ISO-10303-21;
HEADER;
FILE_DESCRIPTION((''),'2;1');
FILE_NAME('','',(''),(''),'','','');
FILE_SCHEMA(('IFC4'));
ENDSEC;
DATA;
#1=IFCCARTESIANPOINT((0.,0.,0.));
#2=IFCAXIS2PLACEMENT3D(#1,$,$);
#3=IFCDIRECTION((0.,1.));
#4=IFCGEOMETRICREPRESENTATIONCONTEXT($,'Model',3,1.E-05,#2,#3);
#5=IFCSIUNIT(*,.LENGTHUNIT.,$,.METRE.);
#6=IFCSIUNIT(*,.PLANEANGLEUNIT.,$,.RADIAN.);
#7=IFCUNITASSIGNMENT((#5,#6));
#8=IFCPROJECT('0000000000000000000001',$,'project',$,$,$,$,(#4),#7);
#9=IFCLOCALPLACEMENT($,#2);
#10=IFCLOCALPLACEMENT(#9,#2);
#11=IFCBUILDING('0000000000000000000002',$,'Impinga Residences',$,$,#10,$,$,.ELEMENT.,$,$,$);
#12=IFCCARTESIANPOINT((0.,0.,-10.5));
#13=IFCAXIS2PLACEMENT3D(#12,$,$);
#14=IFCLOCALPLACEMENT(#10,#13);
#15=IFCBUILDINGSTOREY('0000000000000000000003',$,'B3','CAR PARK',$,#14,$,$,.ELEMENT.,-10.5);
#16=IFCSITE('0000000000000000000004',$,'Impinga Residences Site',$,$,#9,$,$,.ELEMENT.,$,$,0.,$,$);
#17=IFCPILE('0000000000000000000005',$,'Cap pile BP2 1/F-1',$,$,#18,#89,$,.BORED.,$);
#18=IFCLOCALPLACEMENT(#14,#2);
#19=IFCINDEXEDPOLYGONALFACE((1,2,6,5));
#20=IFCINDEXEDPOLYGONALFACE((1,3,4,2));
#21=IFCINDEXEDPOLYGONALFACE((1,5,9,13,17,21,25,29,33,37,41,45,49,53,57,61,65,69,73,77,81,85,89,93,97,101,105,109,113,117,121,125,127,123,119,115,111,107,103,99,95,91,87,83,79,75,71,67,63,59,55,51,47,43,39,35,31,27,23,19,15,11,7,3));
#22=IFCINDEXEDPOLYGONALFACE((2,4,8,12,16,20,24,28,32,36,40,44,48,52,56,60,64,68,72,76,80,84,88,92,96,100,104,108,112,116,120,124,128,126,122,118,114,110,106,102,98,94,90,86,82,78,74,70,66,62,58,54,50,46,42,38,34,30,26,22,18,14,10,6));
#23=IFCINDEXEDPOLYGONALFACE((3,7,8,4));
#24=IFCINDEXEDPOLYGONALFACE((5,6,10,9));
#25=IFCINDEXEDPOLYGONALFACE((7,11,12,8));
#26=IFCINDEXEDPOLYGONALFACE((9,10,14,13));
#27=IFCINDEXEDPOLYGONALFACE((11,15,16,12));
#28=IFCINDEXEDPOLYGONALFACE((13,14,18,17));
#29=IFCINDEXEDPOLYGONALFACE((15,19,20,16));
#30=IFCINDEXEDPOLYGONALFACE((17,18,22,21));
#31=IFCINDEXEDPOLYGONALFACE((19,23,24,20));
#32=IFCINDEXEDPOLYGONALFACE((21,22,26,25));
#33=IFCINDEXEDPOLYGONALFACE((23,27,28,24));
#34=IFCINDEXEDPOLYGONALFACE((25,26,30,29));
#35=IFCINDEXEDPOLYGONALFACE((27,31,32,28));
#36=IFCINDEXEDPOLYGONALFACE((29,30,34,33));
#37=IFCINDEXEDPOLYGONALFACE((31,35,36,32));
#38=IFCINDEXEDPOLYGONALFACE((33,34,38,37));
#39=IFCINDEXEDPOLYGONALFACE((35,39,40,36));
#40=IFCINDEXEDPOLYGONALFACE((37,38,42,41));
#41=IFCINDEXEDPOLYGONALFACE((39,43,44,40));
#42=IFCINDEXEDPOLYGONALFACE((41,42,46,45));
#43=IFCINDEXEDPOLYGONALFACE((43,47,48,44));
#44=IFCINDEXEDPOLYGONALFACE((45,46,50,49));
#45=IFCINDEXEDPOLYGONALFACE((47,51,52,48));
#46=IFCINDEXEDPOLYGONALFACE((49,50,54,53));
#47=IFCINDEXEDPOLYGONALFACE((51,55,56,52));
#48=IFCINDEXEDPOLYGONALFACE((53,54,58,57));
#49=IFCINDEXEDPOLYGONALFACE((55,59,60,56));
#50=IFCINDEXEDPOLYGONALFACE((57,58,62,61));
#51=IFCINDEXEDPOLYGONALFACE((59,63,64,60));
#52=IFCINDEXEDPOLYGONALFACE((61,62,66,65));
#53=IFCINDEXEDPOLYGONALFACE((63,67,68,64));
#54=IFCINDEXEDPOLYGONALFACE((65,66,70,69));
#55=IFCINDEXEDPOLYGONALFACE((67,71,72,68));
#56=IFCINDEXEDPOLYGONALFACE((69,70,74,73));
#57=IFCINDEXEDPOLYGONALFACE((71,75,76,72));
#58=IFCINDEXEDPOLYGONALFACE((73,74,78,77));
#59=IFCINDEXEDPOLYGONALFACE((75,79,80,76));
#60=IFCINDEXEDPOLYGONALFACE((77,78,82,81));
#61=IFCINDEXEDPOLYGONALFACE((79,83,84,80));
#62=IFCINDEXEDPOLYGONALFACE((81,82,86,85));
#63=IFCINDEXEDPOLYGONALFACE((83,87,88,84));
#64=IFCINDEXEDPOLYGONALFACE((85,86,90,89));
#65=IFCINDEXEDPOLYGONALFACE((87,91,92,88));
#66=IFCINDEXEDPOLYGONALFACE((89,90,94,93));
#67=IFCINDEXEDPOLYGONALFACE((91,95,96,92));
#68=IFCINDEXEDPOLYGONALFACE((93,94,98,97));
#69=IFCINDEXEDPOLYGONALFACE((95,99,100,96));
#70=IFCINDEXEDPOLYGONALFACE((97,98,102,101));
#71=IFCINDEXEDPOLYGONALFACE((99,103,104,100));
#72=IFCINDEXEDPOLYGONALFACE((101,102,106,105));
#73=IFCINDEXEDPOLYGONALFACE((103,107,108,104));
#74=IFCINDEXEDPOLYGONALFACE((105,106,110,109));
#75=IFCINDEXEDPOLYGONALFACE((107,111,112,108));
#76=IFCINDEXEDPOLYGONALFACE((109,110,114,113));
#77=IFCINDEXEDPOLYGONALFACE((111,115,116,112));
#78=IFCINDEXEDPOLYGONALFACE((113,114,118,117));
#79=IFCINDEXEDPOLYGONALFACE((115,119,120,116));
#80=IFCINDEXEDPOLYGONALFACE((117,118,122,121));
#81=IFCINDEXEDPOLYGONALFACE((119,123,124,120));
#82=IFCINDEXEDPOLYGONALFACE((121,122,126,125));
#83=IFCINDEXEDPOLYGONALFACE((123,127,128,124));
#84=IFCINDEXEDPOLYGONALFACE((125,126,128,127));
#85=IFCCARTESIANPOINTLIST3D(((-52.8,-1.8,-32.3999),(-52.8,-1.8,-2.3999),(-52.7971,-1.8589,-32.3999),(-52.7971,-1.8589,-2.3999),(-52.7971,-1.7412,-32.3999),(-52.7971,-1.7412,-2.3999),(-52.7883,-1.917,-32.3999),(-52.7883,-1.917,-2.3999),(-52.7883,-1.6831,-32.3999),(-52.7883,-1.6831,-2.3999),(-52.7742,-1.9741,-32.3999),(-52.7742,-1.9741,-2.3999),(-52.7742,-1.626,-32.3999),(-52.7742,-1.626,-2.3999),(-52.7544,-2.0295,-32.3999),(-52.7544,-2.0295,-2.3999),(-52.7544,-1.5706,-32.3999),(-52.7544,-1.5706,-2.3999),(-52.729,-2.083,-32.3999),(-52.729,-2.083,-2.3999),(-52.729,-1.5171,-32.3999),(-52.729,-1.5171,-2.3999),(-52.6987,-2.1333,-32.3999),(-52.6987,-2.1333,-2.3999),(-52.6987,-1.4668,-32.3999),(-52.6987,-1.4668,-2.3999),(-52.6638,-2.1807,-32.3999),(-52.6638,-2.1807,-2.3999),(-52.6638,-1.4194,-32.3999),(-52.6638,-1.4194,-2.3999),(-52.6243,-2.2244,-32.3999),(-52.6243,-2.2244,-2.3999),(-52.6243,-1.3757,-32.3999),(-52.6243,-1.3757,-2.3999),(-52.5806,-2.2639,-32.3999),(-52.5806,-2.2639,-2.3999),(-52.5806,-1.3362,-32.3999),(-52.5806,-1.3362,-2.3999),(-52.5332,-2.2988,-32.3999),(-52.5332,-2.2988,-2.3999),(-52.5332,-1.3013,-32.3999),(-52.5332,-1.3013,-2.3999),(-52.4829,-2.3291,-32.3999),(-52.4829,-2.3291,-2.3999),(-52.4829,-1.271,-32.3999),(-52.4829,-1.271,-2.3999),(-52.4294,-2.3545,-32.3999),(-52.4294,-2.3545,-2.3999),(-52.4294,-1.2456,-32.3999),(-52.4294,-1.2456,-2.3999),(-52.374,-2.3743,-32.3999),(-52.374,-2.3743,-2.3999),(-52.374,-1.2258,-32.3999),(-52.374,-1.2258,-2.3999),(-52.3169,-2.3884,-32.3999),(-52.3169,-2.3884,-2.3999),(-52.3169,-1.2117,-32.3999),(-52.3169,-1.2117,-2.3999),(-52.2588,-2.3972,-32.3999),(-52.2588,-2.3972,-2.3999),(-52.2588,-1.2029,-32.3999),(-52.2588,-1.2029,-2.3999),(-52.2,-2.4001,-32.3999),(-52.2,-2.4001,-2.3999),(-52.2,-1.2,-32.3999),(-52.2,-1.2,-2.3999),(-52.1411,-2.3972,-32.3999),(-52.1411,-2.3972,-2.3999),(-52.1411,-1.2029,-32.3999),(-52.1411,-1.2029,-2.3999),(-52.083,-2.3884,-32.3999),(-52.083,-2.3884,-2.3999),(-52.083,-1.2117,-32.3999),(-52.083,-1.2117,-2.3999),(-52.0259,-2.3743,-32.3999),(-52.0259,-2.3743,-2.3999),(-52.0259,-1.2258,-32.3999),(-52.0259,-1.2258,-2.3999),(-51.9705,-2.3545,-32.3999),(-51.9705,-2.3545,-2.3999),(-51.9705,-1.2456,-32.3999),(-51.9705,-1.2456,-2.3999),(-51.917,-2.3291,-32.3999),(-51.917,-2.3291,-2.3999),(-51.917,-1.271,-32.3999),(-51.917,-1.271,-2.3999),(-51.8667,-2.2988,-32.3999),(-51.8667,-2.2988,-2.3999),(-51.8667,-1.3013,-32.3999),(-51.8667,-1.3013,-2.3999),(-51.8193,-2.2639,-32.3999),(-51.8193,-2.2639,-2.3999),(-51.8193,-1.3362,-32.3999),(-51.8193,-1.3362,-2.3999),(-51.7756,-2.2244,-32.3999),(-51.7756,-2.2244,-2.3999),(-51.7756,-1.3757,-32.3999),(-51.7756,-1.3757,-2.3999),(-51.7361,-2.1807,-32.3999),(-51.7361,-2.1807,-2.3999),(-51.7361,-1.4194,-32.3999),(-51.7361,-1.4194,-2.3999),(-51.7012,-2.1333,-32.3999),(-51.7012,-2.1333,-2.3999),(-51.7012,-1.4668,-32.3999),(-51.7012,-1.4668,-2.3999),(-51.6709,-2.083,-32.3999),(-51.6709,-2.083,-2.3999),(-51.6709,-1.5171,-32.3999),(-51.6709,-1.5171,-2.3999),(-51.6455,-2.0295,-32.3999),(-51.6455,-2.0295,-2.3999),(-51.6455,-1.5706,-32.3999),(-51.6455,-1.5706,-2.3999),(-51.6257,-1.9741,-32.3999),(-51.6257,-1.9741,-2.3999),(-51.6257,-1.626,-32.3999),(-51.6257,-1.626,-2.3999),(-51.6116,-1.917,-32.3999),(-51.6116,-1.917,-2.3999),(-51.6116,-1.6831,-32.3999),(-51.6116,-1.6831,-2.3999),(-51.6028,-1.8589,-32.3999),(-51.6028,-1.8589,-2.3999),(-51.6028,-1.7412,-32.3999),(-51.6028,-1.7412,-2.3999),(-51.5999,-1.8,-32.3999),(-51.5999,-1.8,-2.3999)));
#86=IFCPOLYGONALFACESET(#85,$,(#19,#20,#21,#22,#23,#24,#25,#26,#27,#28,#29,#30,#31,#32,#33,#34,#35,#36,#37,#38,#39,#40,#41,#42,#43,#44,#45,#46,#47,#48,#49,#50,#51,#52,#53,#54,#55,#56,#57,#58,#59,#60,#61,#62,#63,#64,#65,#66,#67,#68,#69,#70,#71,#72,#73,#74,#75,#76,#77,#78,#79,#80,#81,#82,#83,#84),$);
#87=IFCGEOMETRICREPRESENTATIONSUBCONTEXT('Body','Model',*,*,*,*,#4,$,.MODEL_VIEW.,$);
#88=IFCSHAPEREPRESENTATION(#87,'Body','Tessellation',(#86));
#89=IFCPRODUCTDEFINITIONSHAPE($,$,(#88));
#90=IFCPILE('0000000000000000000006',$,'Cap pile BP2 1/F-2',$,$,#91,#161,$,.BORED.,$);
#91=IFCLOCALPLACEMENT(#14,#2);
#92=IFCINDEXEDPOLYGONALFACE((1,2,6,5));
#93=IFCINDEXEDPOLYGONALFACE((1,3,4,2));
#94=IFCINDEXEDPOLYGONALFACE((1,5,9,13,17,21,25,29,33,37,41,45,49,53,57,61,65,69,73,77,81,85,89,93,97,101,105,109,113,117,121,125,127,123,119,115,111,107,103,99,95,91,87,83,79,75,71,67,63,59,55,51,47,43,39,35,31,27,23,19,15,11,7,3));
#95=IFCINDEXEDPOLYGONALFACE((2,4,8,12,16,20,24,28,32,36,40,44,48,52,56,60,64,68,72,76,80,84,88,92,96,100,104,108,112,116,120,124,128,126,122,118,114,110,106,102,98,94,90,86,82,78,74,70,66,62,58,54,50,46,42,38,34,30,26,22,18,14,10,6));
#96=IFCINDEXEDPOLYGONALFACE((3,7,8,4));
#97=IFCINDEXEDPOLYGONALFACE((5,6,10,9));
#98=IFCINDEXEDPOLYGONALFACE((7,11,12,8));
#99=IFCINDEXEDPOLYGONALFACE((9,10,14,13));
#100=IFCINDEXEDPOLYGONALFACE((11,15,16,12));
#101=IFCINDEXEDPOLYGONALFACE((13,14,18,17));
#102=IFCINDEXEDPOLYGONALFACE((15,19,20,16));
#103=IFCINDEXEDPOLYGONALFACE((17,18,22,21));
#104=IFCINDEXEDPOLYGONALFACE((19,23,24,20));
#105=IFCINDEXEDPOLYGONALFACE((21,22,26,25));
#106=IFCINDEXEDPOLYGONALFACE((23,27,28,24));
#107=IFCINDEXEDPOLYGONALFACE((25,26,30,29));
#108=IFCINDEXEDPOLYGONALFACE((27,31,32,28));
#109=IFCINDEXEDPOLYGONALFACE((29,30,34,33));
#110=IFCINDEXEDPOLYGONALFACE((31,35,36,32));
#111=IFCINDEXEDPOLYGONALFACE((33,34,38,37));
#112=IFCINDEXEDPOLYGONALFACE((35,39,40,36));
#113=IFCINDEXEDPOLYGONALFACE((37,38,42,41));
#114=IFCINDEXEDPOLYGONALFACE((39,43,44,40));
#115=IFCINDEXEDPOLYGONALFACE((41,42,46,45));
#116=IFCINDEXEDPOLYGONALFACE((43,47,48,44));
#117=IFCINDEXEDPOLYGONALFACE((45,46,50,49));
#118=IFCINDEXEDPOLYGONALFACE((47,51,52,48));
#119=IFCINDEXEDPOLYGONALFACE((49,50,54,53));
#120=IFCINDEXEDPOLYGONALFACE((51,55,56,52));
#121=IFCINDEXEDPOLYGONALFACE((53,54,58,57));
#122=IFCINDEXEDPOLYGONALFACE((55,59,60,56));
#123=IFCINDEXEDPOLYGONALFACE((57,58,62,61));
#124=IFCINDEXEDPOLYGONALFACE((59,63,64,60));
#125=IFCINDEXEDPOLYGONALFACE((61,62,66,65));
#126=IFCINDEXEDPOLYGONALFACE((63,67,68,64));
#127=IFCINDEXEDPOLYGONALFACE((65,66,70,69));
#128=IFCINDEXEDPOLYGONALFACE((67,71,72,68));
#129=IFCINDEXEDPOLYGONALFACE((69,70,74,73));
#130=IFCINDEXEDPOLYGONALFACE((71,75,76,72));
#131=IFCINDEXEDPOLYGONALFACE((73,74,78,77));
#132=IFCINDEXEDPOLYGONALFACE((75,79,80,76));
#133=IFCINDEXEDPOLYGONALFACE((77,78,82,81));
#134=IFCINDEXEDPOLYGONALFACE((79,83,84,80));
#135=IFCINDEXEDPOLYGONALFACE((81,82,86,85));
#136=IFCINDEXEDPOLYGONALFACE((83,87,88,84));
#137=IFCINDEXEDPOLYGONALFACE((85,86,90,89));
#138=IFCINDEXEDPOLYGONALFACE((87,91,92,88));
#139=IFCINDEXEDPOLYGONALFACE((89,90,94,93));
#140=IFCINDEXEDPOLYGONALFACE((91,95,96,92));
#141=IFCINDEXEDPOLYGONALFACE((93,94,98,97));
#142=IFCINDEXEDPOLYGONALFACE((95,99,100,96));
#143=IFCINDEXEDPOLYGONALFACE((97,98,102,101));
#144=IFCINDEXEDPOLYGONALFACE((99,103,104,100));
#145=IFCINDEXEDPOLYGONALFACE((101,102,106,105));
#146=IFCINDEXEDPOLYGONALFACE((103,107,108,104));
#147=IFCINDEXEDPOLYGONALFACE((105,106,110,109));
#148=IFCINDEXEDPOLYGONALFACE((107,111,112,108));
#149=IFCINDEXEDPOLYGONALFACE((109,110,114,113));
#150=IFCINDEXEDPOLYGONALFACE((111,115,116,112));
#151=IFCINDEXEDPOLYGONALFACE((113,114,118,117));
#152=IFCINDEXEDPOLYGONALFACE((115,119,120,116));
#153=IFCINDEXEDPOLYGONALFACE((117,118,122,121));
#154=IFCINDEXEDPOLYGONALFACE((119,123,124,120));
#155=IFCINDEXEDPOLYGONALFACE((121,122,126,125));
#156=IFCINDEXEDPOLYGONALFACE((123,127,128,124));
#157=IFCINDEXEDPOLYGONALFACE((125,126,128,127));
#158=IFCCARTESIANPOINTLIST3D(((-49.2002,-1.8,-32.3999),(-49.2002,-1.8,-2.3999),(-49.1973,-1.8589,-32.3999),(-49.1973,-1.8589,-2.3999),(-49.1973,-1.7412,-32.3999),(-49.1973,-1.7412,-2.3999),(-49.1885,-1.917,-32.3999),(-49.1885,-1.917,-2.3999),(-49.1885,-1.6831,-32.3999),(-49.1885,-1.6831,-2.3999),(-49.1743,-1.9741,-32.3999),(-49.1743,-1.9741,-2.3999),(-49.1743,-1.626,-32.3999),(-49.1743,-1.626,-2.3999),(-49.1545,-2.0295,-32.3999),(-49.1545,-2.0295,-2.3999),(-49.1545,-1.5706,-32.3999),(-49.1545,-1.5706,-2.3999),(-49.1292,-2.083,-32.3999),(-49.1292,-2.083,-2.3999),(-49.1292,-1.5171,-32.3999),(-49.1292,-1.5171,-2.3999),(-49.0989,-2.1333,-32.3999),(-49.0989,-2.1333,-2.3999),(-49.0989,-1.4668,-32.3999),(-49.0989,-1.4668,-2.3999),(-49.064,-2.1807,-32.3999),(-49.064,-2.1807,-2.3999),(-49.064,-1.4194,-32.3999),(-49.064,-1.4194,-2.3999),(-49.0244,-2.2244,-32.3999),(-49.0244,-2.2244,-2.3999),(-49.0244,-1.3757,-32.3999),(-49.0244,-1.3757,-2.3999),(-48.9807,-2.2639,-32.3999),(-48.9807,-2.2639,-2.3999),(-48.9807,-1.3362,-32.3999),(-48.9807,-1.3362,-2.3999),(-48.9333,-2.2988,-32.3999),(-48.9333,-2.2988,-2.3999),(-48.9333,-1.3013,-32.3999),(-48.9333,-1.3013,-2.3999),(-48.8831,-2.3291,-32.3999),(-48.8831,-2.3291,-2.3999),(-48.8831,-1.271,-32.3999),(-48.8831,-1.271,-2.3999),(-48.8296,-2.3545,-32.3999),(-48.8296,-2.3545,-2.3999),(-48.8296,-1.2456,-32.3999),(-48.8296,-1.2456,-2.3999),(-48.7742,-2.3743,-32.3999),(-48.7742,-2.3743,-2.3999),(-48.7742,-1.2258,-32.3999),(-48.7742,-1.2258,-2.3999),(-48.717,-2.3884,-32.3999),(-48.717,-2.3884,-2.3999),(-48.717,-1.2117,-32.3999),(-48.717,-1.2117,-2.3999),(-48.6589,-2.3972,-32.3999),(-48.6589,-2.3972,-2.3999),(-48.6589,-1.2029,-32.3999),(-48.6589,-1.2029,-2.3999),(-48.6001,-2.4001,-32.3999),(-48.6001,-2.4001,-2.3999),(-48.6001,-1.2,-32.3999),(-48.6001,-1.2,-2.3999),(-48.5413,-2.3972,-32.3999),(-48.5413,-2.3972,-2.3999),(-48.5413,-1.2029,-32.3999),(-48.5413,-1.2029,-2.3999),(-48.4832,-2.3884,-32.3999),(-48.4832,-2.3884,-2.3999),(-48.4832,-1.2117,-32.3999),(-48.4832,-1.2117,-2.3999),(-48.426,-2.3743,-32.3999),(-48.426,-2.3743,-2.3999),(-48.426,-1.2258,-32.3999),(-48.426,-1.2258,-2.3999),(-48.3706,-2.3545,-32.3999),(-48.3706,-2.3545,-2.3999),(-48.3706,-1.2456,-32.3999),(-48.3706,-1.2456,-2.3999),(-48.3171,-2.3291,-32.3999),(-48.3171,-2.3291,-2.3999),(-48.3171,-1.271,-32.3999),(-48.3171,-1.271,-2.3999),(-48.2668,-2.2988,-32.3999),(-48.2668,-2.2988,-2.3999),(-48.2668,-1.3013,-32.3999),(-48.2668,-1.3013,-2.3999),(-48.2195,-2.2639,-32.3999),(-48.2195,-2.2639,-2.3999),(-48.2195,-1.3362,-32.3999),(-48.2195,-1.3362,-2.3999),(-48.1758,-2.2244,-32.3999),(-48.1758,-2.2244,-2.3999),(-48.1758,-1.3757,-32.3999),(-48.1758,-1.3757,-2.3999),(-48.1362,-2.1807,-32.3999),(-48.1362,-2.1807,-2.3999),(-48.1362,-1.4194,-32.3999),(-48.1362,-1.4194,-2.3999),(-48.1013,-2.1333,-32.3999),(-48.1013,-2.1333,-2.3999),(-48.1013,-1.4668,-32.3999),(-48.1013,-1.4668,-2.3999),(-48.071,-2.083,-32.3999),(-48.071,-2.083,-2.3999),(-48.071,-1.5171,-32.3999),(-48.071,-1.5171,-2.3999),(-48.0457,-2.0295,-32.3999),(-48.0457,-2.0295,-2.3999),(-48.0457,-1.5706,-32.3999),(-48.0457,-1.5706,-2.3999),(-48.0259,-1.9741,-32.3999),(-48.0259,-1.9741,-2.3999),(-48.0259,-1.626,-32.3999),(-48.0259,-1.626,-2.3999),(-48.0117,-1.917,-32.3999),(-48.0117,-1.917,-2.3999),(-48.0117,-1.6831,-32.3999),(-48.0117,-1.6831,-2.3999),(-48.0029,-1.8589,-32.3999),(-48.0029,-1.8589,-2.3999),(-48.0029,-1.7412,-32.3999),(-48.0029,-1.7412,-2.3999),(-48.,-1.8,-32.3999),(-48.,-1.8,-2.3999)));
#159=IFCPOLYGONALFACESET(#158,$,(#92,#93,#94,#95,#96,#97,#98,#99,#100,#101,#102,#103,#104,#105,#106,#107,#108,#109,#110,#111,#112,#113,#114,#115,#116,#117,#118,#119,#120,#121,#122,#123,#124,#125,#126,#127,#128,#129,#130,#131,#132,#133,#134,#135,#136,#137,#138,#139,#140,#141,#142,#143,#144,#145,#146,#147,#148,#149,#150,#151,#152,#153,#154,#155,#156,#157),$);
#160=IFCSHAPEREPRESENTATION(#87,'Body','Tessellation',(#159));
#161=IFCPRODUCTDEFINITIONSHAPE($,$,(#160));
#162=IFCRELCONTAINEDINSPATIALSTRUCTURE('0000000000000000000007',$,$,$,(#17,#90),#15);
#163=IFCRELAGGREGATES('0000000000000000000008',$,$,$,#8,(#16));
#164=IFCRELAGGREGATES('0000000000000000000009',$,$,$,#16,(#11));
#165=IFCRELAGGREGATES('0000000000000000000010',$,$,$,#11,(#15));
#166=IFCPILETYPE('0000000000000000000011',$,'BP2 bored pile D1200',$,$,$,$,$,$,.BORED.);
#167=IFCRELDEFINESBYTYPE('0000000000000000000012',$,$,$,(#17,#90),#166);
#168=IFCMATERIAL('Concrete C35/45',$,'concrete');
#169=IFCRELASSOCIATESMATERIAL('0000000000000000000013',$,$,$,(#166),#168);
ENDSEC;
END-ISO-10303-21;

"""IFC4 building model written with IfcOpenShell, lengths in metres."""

from ifc_helpers import new_model, si_unit, direction, frame, origin, origin_2d, place, context, subcontext, project, spatial, polyline, circle, outline, extrude, material, material_profile, profile_set, type_object, element, save


model = new_model("IFC4")

# Units and contexts
model_context = context("Model", 3, precision=1e-05, world=origin(), true_north=direction((0.0, 1.0)))
body_context = subcontext(model_context, "Body", "Model", "MODEL_VIEW")
ifc_project = project(units=[si_unit("LENGTHUNIT", "METRE"), si_unit("PLANEANGLEUNIT", "RADIAN")], contexts=[model_context])

# Site, building, storey
site_placement = place(None, origin())
site = spatial("IfcSite", under=ifc_project, at=site_placement, Name="Impinga Residences Site", CompositionType="ELEMENT", RefElevation=0.0)
building_placement = place(site_placement, origin())
building = spatial("IfcBuilding", under=site, at=building_placement, Name="Impinga Residences", CompositionType="ELEMENT")
storey_placement = place(building_placement, frame((0.0, 0.0, -10.5)))
storey = spatial("IfcBuildingStorey", under=building, at=storey_placement, Name="B3", Description="CAR PARK", CompositionType="ELEMENT", Elevation=-10.5)

# Piles
ifc_material_1 = material(Name="Concrete C35/45", Category="concrete")
ifc_material_profile_1 = material_profile(ifc_material_1, circle(Radius=0.6001, at=origin_2d()), Name="D1200")
ifc_profile_set_1 = profile_set([ifc_material_profile_1], Name="Concrete C35/45")
pile_type_1 = type_object("IfcPileType", Name="BP2 bored pile D1200", PredefinedType="BORED", material=ifc_profile_set_1)
pile_1_placement = place(storey_placement, frame((-52.2, -1.8, -2.3999), z_axis=(0.0, 0.0, -1.0), x_axis=(1.0, 0.0, 0.0)))
element("IfcPile", 1, at=pile_1_placement, inside=storey, type_object=pile_type_1, Name="Cap pile BP2 1/F-1", PredefinedType="BORED", context=body_context, shape_type="SweptSolid", body=[
    extrude(outline(polyline([(0.6001, 0.0), (0.5972, 0.0588), (0.5884, 0.1169), (0.5742, 0.1741), (0.5544, 0.2295), (0.5291, 0.283), (0.4988, 0.3333), (0.4639, 0.3806), (0.4243, 0.4243), (0.3806, 0.4639), (0.3333, 0.4988), (0.283, 0.5291), (0.2295, 0.5544), (0.1741, 0.5742), (0.1169, 0.5884), (0.0588, 0.5972), (0.0, 0.6001), (-0.0588, 0.5972), (-0.1169, 0.5884), (-0.1741, 0.5742), (-0.2295, 0.5544), (-0.283, 0.5291), (-0.3333, 0.4988), (-0.3806, 0.4639), (-0.4243, 0.4243), (-0.4639, 0.3806), (-0.4988, 0.3333), (-0.5291, 0.283), (-0.5544, 0.2295), (-0.5742, 0.1741), (-0.5884, 0.1169), (-0.5972, 0.0588), (-0.6001, 0.0), (-0.5972, -0.0588), (-0.5884, -0.1169), (-0.5742, -0.1741), (-0.5544, -0.2295), (-0.5291, -0.283), (-0.4988, -0.3333), (-0.4639, -0.3806), (-0.4243, -0.4243), (-0.3806, -0.4639), (-0.3333, -0.4988), (-0.283, -0.5291), (-0.2295, -0.5544), (-0.1741, -0.5742), (-0.1169, -0.5884), (-0.0588, -0.5972), (0.0, -0.6001), (0.0588, -0.5972), (0.1169, -0.5884), (0.1741, -0.5742), (0.2295, -0.5544), (0.283, -0.5291), (0.3333, -0.4988), (0.3806, -0.4639), (0.4243, -0.4243), (0.4639, -0.3806), (0.4988, -0.3333), (0.5291, -0.283), (0.5544, -0.2295), (0.5742, -0.1741), (0.5884, -0.1169), (0.5972, -0.0588), (0.6001, 0.0)])), origin(), (0.0, 0.0, 1.0), 30.0),
])
pile_2_placement = place(storey_placement, frame((-48.6001, -1.8, -2.3999), z_axis=(0.0, 0.0, -1.0), x_axis=(1.0, 0.0, 0.0)))
element("IfcPile", 2, at=pile_2_placement, inside=storey, type_object=pile_type_1, Name="Cap pile BP2 1/F-2", PredefinedType="BORED", context=body_context, shape_type="SweptSolid", body=[
    extrude(outline(polyline([(0.6001, 0.0), (0.5972, 0.0588), (0.5884, 0.1169), (0.5742, 0.1741), (0.5544, 0.2295), (0.5291, 0.283), (0.4988, 0.3333), (0.4639, 0.3806), (0.4243, 0.4243), (0.3806, 0.4639), (0.3333, 0.4988), (0.283, 0.5291), (0.2295, 0.5544), (0.1741, 0.5742), (0.1169, 0.5884), (0.0588, 0.5972), (0.0, 0.6001), (-0.0588, 0.5972), (-0.1169, 0.5884), (-0.1741, 0.5742), (-0.2295, 0.5544), (-0.283, 0.5291), (-0.3333, 0.4988), (-0.3806, 0.4639), (-0.4243, 0.4243), (-0.4639, 0.3806), (-0.4988, 0.3333), (-0.5291, 0.283), (-0.5544, 0.2295), (-0.5742, 0.1741), (-0.5884, 0.1169), (-0.5972, 0.0588), (-0.6001, 0.0), (-0.5972, -0.0588), (-0.5884, -0.1169), (-0.5742, -0.1741), (-0.5544, -0.2295), (-0.5291, -0.283), (-0.4988, -0.3333), (-0.4639, -0.3806), (-0.4243, -0.4243), (-0.3806, -0.4639), (-0.3333, -0.4988), (-0.283, -0.5291), (-0.2295, -0.5544), (-0.1741, -0.5742), (-0.1169, -0.5884), (-0.0588, -0.5972), (0.0, -0.6001), (0.0588, -0.5972), (0.1169, -0.5884), (0.1741, -0.5742), (0.2295, -0.5544), (0.283, -0.5291), (0.3333, -0.4988), (0.3806, -0.4639), (0.4243, -0.4243), (0.4639, -0.3806), (0.4988, -0.3333), (0.5291, -0.283), (0.5544, -0.2295), (0.5742, -0.1741), (0.5884, -0.1169), (0.5972, -0.0588), (0.6001, 0.0)])), origin(), (0.0, 0.0, 1.0), 30.0),
])

save(model, "model.ifc")
